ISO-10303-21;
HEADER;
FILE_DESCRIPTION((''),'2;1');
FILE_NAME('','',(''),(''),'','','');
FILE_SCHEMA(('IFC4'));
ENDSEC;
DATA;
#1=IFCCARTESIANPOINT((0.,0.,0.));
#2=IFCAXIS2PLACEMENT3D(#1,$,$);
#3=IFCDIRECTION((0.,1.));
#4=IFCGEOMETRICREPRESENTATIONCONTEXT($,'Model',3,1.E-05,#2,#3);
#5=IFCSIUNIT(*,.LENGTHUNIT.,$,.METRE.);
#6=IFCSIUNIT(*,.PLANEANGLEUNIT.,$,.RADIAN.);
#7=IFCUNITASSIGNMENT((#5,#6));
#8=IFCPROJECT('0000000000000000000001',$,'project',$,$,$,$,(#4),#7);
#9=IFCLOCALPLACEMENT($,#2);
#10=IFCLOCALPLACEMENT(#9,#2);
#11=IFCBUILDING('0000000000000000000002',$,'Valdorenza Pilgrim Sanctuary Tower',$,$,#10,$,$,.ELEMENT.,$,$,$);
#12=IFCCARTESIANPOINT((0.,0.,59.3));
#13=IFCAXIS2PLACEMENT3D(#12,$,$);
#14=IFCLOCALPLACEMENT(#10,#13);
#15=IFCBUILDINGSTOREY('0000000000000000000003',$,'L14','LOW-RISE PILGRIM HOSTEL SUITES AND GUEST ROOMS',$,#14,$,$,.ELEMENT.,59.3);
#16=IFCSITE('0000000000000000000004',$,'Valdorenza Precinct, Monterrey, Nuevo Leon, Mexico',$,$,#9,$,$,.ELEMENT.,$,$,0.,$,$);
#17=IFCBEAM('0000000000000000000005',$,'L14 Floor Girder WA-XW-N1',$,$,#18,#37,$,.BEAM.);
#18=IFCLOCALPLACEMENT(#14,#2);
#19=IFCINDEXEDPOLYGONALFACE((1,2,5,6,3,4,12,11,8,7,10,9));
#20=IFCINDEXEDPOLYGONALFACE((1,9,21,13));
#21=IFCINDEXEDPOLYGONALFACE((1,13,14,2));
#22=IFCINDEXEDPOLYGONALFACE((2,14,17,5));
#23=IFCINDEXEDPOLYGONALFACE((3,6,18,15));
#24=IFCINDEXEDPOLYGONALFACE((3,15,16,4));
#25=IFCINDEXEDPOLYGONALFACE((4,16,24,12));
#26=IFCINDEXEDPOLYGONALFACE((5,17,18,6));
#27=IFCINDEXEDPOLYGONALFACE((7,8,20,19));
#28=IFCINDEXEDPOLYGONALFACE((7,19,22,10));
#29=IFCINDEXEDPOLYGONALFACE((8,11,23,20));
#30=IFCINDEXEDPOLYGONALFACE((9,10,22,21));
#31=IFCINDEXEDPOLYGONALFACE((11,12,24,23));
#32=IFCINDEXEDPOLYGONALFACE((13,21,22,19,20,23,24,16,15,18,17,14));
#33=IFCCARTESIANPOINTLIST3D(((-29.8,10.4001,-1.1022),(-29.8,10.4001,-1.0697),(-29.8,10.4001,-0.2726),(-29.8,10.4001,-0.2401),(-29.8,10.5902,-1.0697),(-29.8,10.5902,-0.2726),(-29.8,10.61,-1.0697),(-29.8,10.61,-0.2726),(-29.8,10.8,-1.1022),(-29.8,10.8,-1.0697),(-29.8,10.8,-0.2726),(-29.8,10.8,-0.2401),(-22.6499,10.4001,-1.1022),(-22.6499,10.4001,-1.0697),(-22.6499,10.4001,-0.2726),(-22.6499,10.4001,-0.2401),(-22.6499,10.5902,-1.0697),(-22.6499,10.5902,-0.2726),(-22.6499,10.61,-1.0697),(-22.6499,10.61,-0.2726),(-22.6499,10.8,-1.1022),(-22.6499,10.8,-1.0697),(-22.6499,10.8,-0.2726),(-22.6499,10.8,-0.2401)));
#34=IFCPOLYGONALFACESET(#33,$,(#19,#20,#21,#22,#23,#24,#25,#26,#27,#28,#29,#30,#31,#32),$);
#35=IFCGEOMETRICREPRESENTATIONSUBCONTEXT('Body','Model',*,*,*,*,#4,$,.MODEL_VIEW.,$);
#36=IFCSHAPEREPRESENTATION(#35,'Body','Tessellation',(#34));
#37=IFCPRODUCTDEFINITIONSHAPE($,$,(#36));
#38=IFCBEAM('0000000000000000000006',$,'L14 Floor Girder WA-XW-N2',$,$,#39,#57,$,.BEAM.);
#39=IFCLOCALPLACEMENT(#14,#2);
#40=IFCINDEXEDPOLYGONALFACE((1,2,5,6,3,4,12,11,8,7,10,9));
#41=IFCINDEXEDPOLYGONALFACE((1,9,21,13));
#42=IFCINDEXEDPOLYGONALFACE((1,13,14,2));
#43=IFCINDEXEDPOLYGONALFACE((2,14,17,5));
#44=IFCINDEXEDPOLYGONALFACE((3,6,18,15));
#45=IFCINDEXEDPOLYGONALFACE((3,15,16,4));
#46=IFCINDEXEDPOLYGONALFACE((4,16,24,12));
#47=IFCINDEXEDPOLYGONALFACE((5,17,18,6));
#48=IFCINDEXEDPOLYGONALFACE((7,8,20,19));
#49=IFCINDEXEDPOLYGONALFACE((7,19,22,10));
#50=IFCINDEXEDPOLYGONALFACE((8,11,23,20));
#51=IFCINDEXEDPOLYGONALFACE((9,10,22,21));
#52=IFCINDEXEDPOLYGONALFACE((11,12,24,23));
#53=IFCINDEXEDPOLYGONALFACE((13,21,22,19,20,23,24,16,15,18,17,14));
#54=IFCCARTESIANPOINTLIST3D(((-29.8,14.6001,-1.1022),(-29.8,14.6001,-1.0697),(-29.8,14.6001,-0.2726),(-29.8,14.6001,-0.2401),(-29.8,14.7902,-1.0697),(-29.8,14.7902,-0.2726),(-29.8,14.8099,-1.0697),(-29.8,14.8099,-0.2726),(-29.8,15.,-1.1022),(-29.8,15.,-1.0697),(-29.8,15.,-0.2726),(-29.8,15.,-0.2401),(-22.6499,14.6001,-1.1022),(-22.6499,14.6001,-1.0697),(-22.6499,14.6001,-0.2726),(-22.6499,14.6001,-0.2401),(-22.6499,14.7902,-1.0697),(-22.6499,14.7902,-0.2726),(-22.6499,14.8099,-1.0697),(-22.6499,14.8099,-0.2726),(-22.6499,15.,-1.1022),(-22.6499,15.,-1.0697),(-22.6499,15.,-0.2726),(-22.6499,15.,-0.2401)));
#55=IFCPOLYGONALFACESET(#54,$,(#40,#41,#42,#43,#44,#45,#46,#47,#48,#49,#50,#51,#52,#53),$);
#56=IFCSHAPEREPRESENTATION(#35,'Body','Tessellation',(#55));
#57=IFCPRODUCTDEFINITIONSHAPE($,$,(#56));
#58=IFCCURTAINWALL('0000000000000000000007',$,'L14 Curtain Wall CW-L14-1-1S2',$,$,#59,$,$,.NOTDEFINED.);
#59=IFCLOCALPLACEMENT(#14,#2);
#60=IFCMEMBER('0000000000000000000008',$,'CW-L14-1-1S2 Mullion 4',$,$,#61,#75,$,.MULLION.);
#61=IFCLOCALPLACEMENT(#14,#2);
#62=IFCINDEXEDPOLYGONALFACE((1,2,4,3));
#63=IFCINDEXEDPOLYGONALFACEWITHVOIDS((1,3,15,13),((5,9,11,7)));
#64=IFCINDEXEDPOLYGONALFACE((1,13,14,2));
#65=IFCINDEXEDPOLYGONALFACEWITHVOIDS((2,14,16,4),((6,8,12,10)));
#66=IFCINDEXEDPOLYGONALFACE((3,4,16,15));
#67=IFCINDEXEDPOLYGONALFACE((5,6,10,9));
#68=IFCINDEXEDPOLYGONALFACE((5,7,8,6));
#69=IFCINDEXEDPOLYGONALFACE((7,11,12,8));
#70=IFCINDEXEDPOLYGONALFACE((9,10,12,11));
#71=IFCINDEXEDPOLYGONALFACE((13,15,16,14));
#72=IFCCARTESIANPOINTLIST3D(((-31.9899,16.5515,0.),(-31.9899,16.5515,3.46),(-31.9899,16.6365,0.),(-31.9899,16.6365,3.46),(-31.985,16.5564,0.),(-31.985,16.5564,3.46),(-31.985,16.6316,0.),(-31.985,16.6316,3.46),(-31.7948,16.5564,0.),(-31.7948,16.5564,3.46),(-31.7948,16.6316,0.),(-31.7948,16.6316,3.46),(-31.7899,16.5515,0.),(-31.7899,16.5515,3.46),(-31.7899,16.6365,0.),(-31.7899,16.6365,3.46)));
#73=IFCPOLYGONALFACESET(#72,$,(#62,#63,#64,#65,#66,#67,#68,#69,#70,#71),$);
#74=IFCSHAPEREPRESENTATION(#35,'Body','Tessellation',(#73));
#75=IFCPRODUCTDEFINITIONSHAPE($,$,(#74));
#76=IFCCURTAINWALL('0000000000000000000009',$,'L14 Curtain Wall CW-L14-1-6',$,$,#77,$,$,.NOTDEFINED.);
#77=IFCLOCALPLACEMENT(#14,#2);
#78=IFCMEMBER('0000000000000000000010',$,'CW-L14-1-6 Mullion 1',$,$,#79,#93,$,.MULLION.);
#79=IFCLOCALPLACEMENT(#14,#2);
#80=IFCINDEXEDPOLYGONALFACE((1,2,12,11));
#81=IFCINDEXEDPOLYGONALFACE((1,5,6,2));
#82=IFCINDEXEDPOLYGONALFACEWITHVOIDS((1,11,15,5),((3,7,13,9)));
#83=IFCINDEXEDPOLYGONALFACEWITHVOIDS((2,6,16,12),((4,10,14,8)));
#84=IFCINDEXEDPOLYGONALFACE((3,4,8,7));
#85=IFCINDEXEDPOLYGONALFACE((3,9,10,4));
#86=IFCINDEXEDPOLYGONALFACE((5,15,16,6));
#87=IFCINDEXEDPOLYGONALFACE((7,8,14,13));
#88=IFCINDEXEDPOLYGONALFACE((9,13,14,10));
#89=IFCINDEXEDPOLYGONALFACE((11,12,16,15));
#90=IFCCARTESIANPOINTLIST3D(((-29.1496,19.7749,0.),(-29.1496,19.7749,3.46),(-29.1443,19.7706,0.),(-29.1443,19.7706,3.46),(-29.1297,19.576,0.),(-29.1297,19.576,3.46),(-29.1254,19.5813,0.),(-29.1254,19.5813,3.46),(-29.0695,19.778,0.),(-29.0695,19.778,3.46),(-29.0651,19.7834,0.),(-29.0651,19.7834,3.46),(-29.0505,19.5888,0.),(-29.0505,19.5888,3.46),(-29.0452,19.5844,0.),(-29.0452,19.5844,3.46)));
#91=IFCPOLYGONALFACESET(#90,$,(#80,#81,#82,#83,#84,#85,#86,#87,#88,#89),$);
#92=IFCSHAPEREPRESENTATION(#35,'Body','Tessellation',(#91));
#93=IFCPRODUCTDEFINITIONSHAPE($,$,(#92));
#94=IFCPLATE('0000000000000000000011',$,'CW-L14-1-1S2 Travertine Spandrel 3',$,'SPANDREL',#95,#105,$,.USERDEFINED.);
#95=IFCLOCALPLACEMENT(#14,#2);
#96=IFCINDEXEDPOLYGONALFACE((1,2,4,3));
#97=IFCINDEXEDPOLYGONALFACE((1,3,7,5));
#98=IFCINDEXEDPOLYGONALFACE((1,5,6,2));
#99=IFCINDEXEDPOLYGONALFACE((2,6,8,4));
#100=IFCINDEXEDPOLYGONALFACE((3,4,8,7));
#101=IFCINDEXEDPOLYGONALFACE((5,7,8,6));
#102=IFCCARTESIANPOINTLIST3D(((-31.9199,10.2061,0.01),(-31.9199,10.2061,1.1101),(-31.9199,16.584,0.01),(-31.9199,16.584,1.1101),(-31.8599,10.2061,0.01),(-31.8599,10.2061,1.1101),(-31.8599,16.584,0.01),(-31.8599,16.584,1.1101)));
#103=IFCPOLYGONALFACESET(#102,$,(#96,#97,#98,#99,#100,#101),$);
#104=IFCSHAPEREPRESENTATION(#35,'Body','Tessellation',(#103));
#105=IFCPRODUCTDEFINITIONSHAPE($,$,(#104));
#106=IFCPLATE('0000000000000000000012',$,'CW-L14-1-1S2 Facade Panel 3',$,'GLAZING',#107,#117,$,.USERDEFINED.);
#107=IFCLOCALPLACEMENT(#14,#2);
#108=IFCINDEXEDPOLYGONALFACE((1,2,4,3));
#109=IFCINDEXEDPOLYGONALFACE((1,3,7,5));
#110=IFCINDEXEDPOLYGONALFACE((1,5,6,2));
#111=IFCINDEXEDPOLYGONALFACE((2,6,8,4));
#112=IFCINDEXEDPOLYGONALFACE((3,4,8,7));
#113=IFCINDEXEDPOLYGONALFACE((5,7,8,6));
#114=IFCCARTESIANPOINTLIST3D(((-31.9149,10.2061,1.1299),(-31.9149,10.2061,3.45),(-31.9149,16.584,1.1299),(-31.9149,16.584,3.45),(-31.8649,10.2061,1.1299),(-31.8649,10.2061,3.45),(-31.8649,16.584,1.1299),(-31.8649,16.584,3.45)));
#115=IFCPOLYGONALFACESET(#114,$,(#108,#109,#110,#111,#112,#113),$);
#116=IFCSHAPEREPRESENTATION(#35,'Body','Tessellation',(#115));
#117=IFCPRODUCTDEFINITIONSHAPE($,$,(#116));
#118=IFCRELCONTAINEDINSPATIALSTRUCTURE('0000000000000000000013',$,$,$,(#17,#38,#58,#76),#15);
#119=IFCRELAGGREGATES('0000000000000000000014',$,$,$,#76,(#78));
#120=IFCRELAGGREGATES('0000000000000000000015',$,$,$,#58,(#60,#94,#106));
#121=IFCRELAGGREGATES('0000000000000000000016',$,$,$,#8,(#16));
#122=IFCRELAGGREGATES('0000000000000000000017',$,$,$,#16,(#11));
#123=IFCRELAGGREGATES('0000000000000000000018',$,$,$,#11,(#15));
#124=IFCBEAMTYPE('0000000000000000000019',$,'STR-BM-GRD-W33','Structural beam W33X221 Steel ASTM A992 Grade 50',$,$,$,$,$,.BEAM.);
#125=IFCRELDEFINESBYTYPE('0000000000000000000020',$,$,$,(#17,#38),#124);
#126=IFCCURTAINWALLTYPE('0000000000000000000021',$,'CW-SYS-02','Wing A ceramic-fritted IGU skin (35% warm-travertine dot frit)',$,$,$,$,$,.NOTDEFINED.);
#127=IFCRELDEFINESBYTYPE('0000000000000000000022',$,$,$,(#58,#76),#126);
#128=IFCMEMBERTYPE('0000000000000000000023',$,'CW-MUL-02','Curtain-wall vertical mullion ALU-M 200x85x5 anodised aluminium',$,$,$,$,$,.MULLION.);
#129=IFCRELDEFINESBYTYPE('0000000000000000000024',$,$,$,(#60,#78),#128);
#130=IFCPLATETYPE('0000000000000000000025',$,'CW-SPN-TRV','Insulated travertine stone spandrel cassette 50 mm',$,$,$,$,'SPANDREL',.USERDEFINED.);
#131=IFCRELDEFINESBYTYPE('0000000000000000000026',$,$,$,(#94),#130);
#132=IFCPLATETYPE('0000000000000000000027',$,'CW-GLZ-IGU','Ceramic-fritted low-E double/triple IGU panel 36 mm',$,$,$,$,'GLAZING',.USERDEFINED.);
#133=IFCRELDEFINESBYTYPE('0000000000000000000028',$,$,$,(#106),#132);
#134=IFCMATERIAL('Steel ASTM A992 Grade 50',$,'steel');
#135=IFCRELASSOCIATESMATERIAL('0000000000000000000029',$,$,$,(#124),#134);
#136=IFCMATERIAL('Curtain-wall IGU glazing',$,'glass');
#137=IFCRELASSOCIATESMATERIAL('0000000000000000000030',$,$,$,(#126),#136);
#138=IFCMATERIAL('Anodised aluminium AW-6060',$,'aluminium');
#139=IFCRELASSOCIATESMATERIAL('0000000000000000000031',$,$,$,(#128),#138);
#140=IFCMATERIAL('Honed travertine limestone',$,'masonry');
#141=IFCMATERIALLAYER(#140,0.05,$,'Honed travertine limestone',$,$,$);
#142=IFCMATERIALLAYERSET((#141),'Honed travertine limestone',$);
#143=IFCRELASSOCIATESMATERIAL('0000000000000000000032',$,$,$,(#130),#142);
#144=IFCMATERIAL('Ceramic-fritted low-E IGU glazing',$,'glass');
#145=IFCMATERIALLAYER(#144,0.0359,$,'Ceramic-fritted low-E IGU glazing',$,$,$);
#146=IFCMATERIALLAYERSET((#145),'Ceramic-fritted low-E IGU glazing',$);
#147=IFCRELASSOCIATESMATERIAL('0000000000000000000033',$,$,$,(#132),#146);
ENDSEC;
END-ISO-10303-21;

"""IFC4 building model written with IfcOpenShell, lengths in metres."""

from ifc_helpers import new_model, si_unit, direction, frame, origin, origin_2d, place, context, subcontext, project, spatial, rectangle, hollow_rectangle, i_section, extrude, source, transform, mapped, material, layer, layer_set, material_profile, profile_set, type_object, element, aggregate, save


model = new_model("IFC4")

# Units and contexts
model_context = context("Model", 3, precision=1e-05, world=origin(), true_north=direction((0.0, 1.0)))
body_context = subcontext(model_context, "Body", "Model", "MODEL_VIEW")
ifc_project = project(units=[si_unit("LENGTHUNIT", "METRE"), si_unit("PLANEANGLEUNIT", "RADIAN")], contexts=[model_context])

# Site, building, storey
site_placement = place(None, origin())
site = spatial("IfcSite", under=ifc_project, at=site_placement, Name="Valdorenza Precinct, Monterrey, Nuevo Leon, Mexico", CompositionType="ELEMENT", RefElevation=0.0)
building_placement = place(site_placement, origin())
building = spatial("IfcBuilding", under=site, at=building_placement, Name="Valdorenza Pilgrim Sanctuary Tower", CompositionType="ELEMENT")
storey_placement = place(building_placement, frame((0.0, 0.0, 59.3)))
storey = spatial("IfcBuildingStorey", under=building, at=storey_placement, Name="L14", Description="LOW-RISE PILGRIM HOSTEL SUITES AND GUEST ROOMS", CompositionType="ELEMENT", Elevation=59.3)

# Beams
ifc_material_1 = material(Name="Steel ASTM A992 Grade 50", Category="steel")
ifc_material_profile_1 = material_profile(ifc_material_1, i_section(OverallWidth=0.3999, OverallDepth=0.8621, WebThickness=0.0198, FlangeThickness=0.0325, at=origin_2d()), Name="W33X221")
ifc_profile_set_1 = profile_set([ifc_material_profile_1], Name="Steel ASTM A992 Grade 50")
beam_type_1 = type_object("IfcBeamType", Name="STR-BM-GRD-W33", Description="Structural beam W33X221 Steel ASTM A992 Grade 50", PredefinedType="BEAM", material=ifc_profile_set_1)
shared_shape_1 = source(origin(), body_context, "Body", "SweptSolid", [
    extrude(i_section(OverallWidth=0.3999, OverallDepth=0.8621, WebThickness=0.0198, FlangeThickness=0.0325, at=origin_2d()), origin(), (0.0, 0.0, 1.0), 7.1501),
])
for number, where, z_axis, x_axis, name in (
    (1, (-29.8, 10.6001, -0.6711), (1.0, 0.0, 0.0), (0.0, 1.0, 0.0), "L14 Floor Girder WA-XW-N1"),
    (2, (-29.8, 14.8, -0.6711), (1.0, 0.0, 0.0), (0.0, 1.0, 0.0), "L14 Floor Girder WA-XW-N2"),
):
    element("IfcBeam", number, at=place(storey_placement, frame(where, z_axis=z_axis, x_axis=x_axis)), inside=storey, type_object=beam_type_1, Name=name, PredefinedType="BEAM", context=body_context, shape_type="MappedRepresentation", body=[
        mapped(shared_shape_1, transform((0.0, 0.0, 0.0), x_axis=(1.0, 0.0, 0.0), y_axis=(0.0, 1.0, 0.0), z_axis=(0.0, 0.0, 1.0), scale=1.0)),
    ])

# Curtain walls, members
ifc_material_2 = material(Name="Curtain-wall IGU glazing", Category="glass")
curtain_wall_type = type_object("IfcCurtainWallType", Name="CW-SYS-02", Description="Wing A ceramic-fritted IGU skin (35% warm-travertine dot frit)", PredefinedType="NOTDEFINED", material=ifc_material_2)
curtain_wall_1_placement = place(storey_placement, origin())
curtain_wall_1 = element("IfcCurtainWall", 3, at=curtain_wall_1_placement, inside=storey, type_object=curtain_wall_type, Name="L14 Curtain Wall CW-L14-1-1S2", PredefinedType="NOTDEFINED")
ifc_material_3 = material(Name="Anodised aluminium AW-6060", Category="aluminium")
ifc_material_profile_2 = material_profile(ifc_material_3, hollow_rectangle(XDim=0.085, YDim=0.2, WallThickness=0.0049, at=origin_2d()), Name="ALU-M 200x85x5")
ifc_profile_set_2 = profile_set([ifc_material_profile_2], Name="Anodised aluminium AW-6060")
member_type = type_object("IfcMemberType", Name="CW-MUL-02", Description="Curtain-wall vertical mullion ALU-M 200x85x5 anodised aluminium", PredefinedType="MULLION", material=ifc_profile_set_2)
shared_shape_2 = source(origin(), body_context, "Body", "SweptSolid", [
    extrude(hollow_rectangle(XDim=0.085, YDim=0.2, WallThickness=0.0049, at=origin_2d()), origin(), (0.0, 0.0, 1.0), 3.46),
])
member_1_placement = place(storey_placement, frame((-31.8899, 16.594, 0.0), z_axis=(0.0, 0.0, 1.0), x_axis=(0.0, 1.0, 0.0)))
member_1 = element("IfcMember", 4, at=member_1_placement, type_object=member_type, Name="CW-L14-1-1S2 Mullion 4", PredefinedType="MULLION", context=body_context, shape_type="MappedRepresentation", body=[
    mapped(shared_shape_2, transform((0.0, 0.0, 0.0), x_axis=(1.0, 0.0, 0.0), y_axis=(0.0, 1.0, 0.0), z_axis=(0.0, 0.0, 1.0), scale=1.0)),
])
curtain_wall_2_placement = place(storey_placement, origin())
curtain_wall_2 = element("IfcCurtainWall", 5, at=curtain_wall_2_placement, inside=storey, type_object=curtain_wall_type, Name="L14 Curtain Wall CW-L14-1-6", PredefinedType="NOTDEFINED")
member_2_placement = place(storey_placement, frame((-29.0974, 19.6797, 0.0), z_axis=(0.0, 0.0, 1.0), x_axis=(0.995038, 0.099493, 0.0)))
member_2 = element("IfcMember", 6, at=member_2_placement, type_object=member_type, Name="CW-L14-1-6 Mullion 1", PredefinedType="MULLION", context=body_context, shape_type="MappedRepresentation", body=[
    mapped(shared_shape_2, transform((0.0, 0.0, 0.0), x_axis=(1.0, 0.0, 0.0), y_axis=(0.0, 1.0, 0.0), z_axis=(0.0, 0.0, 1.0), scale=1.0)),
])
aggregate(curtain_wall_2, [member_2])

# Plates
ifc_material_4 = material(Name="Honed travertine limestone", Category="masonry")
ifc_layer_1 = layer(ifc_material_4, 0.05, Name="Honed travertine limestone")
ifc_layer_set_1 = layer_set([ifc_layer_1], Name="Honed travertine limestone")
plate_type_1 = type_object("IfcPlateType", Name="CW-SPN-TRV", Description="Insulated travertine stone spandrel cassette 50 mm", ElementType="SPANDREL", PredefinedType="USERDEFINED", material=ifc_layer_set_1)
shared_shape_3 = source(origin(), body_context, "Body", "SweptSolid", [
    extrude(rectangle(XDim=6.3779, YDim=0.0601, at=origin_2d()), origin(), (0.0, 0.0, 1.0), 1.1001),
])
plate_1_placement = place(storey_placement, frame((-31.8899, 13.395, 0.01), z_axis=(0.0, 0.0, 1.0), x_axis=(0.0, 1.0, 0.0)))
plate_1 = element("IfcPlate", 7, at=plate_1_placement, type_object=plate_type_1, Name="CW-L14-1-1S2 Travertine Spandrel 3", ObjectType="SPANDREL", PredefinedType="USERDEFINED", context=body_context, shape_type="MappedRepresentation", body=[
    mapped(shared_shape_3, transform((0.0, 0.0, 0.0), x_axis=(1.0, 0.0, 0.0), y_axis=(0.0, 1.0, 0.0), z_axis=(0.0, 0.0, 1.0), scale=1.0)),
])
ifc_material_5 = material(Name="Ceramic-fritted low-E IGU glazing", Category="glass")
ifc_layer_2 = layer(ifc_material_5, 0.0359, Name="Ceramic-fritted low-E IGU glazing")
ifc_layer_set_2 = layer_set([ifc_layer_2], Name="Ceramic-fritted low-E IGU glazing")
plate_type_2 = type_object("IfcPlateType", Name="CW-GLZ-IGU", Description="Ceramic-fritted low-E double/triple IGU panel 36 mm", ElementType="GLAZING", PredefinedType="USERDEFINED", material=ifc_layer_set_2)
shared_shape_4 = source(origin(), body_context, "Body", "SweptSolid", [
    extrude(rectangle(XDim=6.3779, YDim=0.05, at=origin_2d()), origin(), (0.0, 0.0, 1.0), 2.3201),
])
plate_2_placement = place(storey_placement, frame((-31.8899, 13.395, 1.1299), z_axis=(0.0, 0.0, 1.0), x_axis=(0.0, 1.0, 0.0)))
plate_2 = element("IfcPlate", 8, at=plate_2_placement, type_object=plate_type_2, Name="CW-L14-1-1S2 Facade Panel 3", ObjectType="GLAZING", PredefinedType="USERDEFINED", context=body_context, shape_type="MappedRepresentation", body=[
    mapped(shared_shape_4, transform((0.0, 0.0, 0.0), x_axis=(1.0, 0.0, 0.0), y_axis=(0.0, 1.0, 0.0), z_axis=(0.0, 0.0, 1.0), scale=1.0)),
])
aggregate(curtain_wall_1, [member_1, plate_1, plate_2])

save(model, "model.ifc")
